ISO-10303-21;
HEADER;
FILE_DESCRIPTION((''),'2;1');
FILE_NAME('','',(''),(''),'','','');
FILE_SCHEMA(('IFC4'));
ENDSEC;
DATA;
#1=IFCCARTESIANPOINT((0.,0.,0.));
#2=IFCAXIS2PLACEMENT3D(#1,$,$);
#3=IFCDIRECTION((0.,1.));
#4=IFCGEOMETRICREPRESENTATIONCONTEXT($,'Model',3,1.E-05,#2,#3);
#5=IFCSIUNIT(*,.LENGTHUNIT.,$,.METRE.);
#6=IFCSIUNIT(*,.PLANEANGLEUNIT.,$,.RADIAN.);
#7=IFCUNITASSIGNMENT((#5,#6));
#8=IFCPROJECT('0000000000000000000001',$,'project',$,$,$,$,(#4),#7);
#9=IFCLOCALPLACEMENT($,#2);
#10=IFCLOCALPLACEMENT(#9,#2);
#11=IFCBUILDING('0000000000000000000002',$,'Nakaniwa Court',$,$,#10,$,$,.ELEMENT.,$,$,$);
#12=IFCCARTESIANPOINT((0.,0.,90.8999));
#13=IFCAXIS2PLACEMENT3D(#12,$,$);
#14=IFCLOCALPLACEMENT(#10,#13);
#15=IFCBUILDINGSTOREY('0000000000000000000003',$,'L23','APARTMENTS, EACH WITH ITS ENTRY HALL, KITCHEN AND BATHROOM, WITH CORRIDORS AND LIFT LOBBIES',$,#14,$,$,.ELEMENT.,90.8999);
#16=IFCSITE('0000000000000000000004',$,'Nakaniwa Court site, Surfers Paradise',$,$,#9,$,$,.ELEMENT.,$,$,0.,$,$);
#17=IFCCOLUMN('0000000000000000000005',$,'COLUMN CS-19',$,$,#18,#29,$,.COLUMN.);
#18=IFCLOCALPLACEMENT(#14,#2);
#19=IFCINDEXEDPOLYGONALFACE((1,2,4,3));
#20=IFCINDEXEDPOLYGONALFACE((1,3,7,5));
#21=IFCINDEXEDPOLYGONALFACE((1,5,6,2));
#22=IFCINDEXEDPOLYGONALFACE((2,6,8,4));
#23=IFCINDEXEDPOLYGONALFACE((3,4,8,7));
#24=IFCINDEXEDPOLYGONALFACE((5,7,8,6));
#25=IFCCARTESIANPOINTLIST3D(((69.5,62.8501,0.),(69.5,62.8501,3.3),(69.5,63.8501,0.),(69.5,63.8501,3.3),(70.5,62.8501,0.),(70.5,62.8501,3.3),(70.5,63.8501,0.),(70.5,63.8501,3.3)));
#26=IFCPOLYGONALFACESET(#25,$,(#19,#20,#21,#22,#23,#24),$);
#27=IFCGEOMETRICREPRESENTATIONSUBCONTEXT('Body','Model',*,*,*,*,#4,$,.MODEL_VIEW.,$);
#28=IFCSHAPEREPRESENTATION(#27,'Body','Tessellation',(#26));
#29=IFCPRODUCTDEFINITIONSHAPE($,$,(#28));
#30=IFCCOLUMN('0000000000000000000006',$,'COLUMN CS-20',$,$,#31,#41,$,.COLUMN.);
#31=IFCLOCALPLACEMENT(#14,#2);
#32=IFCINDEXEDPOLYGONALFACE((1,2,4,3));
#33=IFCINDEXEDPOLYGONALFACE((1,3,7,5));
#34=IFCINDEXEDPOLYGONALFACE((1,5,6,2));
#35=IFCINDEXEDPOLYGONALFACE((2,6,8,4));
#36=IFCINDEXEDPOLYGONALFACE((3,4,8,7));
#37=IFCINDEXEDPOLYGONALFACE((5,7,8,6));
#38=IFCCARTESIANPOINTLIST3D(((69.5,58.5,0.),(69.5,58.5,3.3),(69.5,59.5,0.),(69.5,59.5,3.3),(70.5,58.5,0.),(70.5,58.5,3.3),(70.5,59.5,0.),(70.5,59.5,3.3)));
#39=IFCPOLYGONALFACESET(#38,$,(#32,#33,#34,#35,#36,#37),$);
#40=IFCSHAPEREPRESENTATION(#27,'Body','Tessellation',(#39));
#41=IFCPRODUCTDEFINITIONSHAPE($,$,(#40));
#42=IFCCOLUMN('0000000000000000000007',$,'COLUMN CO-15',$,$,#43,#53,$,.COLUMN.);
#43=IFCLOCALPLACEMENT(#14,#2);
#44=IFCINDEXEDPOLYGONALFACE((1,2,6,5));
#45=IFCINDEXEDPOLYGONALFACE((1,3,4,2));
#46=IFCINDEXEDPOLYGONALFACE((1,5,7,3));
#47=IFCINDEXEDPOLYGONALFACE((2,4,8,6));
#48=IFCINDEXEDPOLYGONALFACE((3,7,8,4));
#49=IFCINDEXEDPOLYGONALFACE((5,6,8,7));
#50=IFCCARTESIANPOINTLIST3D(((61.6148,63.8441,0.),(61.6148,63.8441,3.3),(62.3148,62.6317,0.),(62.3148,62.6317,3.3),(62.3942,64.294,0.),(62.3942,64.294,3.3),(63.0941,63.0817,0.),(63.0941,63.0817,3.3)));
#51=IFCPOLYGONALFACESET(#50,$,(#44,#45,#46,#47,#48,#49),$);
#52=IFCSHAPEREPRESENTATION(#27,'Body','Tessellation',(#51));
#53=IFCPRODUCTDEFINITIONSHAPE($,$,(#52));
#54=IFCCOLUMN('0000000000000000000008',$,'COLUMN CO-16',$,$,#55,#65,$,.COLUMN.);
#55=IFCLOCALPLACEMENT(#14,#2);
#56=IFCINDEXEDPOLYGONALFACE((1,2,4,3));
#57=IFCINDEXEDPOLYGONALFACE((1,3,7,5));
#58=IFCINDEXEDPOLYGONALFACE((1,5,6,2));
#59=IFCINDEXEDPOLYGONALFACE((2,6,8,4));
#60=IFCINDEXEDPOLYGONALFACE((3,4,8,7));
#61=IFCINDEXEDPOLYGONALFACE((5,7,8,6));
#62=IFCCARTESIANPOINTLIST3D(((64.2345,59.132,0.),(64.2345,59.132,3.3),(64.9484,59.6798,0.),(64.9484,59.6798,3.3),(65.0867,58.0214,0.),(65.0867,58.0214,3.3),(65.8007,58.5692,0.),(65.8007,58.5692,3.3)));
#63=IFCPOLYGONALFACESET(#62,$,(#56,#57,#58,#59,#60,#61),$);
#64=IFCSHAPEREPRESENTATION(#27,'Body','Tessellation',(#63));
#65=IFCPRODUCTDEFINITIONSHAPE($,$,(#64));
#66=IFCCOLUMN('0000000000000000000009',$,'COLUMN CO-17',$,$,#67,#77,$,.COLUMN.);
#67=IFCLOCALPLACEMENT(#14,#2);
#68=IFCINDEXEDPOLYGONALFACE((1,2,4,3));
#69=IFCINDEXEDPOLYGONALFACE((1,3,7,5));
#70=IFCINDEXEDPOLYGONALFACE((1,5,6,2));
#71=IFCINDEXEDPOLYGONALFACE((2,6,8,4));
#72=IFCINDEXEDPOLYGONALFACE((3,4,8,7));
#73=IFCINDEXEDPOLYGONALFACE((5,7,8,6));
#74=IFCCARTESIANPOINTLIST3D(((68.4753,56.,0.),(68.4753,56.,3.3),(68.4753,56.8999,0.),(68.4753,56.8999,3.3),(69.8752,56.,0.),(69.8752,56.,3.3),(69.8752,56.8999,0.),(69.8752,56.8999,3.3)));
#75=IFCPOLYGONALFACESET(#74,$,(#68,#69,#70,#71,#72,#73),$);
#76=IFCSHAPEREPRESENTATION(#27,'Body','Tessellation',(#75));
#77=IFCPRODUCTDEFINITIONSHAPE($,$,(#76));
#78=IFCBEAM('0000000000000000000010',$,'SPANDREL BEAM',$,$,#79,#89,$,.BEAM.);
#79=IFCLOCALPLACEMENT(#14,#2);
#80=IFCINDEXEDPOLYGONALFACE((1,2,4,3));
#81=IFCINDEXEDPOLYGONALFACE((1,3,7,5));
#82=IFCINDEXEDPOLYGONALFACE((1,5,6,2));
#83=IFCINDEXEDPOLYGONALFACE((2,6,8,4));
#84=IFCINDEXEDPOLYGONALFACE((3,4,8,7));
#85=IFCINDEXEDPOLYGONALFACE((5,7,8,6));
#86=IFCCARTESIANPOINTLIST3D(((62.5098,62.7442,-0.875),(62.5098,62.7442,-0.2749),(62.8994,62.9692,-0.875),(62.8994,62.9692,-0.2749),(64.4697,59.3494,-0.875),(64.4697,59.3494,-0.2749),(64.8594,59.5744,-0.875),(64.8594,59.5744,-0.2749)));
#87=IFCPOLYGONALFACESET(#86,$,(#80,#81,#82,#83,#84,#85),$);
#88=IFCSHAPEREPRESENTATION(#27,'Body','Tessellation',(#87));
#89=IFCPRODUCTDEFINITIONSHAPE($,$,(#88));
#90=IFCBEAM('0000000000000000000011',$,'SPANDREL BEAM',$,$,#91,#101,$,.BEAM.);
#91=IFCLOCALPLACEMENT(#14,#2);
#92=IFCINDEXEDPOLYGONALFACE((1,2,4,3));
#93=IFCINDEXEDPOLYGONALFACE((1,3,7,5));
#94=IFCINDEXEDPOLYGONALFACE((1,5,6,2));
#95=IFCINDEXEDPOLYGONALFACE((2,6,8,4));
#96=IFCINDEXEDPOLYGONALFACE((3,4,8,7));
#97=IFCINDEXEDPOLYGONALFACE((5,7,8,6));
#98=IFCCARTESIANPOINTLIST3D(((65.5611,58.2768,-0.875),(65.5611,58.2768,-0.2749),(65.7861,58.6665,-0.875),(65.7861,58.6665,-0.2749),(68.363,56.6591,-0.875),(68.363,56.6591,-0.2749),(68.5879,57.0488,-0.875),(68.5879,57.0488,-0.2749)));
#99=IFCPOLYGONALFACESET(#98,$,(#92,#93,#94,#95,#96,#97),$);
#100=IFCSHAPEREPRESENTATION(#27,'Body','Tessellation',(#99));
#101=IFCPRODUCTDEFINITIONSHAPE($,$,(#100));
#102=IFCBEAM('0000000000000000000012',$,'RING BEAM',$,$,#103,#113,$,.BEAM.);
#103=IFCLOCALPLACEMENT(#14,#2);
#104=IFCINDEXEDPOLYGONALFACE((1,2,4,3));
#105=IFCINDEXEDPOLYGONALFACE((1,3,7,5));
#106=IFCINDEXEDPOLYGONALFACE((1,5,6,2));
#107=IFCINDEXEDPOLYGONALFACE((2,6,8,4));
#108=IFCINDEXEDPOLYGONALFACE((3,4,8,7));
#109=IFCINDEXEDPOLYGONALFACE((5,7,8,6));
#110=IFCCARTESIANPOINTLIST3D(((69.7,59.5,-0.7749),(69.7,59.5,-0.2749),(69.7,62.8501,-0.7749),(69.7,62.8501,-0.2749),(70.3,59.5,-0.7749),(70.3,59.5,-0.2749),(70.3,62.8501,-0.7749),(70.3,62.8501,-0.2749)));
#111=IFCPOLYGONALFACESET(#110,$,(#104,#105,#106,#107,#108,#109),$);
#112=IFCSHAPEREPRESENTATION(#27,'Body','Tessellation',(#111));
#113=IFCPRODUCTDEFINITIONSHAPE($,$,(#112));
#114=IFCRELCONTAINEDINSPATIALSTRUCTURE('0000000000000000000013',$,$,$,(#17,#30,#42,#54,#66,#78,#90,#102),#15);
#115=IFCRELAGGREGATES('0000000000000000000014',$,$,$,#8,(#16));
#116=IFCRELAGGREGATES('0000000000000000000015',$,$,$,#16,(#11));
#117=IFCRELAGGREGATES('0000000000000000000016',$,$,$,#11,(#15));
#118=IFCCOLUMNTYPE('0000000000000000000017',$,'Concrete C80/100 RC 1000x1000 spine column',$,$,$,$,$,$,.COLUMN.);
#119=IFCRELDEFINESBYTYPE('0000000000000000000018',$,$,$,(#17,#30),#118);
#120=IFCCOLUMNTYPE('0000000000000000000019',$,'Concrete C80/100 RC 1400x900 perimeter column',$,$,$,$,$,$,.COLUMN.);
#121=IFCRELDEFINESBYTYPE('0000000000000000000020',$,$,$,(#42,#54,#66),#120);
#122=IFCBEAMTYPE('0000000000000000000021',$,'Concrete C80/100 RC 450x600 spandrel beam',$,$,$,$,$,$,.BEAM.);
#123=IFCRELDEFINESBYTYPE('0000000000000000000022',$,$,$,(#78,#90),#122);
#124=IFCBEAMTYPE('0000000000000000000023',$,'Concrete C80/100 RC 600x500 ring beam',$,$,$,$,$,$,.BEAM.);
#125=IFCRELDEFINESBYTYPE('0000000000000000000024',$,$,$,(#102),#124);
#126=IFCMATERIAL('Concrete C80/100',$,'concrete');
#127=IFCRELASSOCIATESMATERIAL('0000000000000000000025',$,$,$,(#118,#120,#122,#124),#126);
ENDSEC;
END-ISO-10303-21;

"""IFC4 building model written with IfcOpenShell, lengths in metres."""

from ifc_helpers import new_model, si_unit, direction, frame, origin, origin_2d, place, context, subcontext, project, spatial, rectangle, extrude, material, material_profile, profile_set, type_object, element, save


model = new_model("IFC4")

# Units and contexts
model_context = context("Model", 3, precision=1e-05, world=origin(), true_north=direction((0.0, 1.0)))
body_context = subcontext(model_context, "Body", "Model", "MODEL_VIEW")
ifc_project = project(units=[si_unit("LENGTHUNIT", "METRE"), si_unit("PLANEANGLEUNIT", "RADIAN")], contexts=[model_context])

# Site, building, storey
site_placement = place(None, origin())
site = spatial("IfcSite", under=ifc_project, at=site_placement, Name="Nakaniwa Court site, Surfers Paradise", CompositionType="ELEMENT", RefElevation=0.0)
building_placement = place(site_placement, origin())
building = spatial("IfcBuilding", under=site, at=building_placement, Name="Nakaniwa Court", CompositionType="ELEMENT")
storey_placement = place(building_placement, frame((0.0, 0.0, 90.8999)))
storey = spatial("IfcBuildingStorey", under=building, at=storey_placement, Name="L23", Description="APARTMENTS, EACH WITH ITS ENTRY HALL, KITCHEN AND BATHROOM, WITH CORRIDORS AND LIFT LOBBIES", CompositionType="ELEMENT", Elevation=90.8999)

# Columns
ifc_material_1 = material(Name="Concrete C80/100", Category="concrete")
ifc_material_profile_1 = material_profile(ifc_material_1, rectangle(XDim=1.0, YDim=1.0, at=origin_2d()), Name="Concrete C80/100 RC 1000x1000 spine column")
ifc_profile_set_1 = profile_set([ifc_material_profile_1], Name="Concrete C80/100")
column_type_1 = type_object("IfcColumnType", Name="Concrete C80/100 RC 1000x1000 spine column", PredefinedType="COLUMN", material=ifc_profile_set_1)
for number, where, z_axis, x_axis, name in (
    (1, (70.0, 63.3501, 0.0), (0.0, 0.0, 1.0), (0.0, -1.0, 0.0), "COLUMN CS-19"),
    (2, (70.0, 59.0, 0.0), (0.0, 0.0, 1.0), (0.0, -1.0, 0.0), "COLUMN CS-20"),
):
    element("IfcColumn", number, at=place(storey_placement, frame(where, z_axis=z_axis, x_axis=x_axis)), inside=storey, type_object=column_type_1, Name=name, PredefinedType="COLUMN", context=body_context, shape_type="SweptSolid", body=[
        extrude(rectangle(XDim=1.0, YDim=1.0, at=origin_2d()), origin(), (0.0, 0.0, 1.0), 3.3),
    ])
ifc_material_profile_2 = material_profile(ifc_material_1, rectangle(XDim=1.3999, YDim=0.8999, at=origin_2d()), Name="Concrete C80/100 RC 1400x900 perimeter column")
ifc_profile_set_2 = profile_set([ifc_material_profile_2], Name="Concrete C80/100")
column_type_2 = type_object("IfcColumnType", Name="Concrete C80/100 RC 1400x900 perimeter column", PredefinedType="COLUMN", material=ifc_profile_set_2)
for number, where, z_axis, x_axis, name in (
    (3, (62.3545, 63.4629, 0.0), (0.0, 0.0, 1.0), (0.5, -0.866025, 0.0), "COLUMN CO-15"),
    (4, (65.0176, 58.8506, 0.0), (0.0, 0.0, 1.0), (0.608761, -0.793353, 0.0), "COLUMN CO-16"),
    (5, (69.1753, 56.45, 0.0), (0.0, 0.0, 1.0), (1.0, 0.0, 0.0), "COLUMN CO-17"),
):
    element("IfcColumn", number, at=place(storey_placement, frame(where, z_axis=z_axis, x_axis=x_axis)), inside=storey, type_object=column_type_2, Name=name, PredefinedType="COLUMN", context=body_context, shape_type="SweptSolid", body=[
        extrude(rectangle(XDim=1.3999, YDim=0.8999, at=origin_2d()), origin(), (0.0, 0.0, 1.0), 3.3),
    ])

# Beams
ifc_material_profile_3 = material_profile(ifc_material_1, rectangle(XDim=0.45, YDim=0.6001, at=origin_2d()), Name="Concrete C80/100 RC 450x600 spandrel beam")
ifc_profile_set_3 = profile_set([ifc_material_profile_3], Name="Concrete C80/100")
beam_type_1 = type_object("IfcBeamType", Name="Concrete C80/100 RC 450x600 spandrel beam", PredefinedType="BEAM", material=ifc_profile_set_3)
beam_1_placement = place(storey_placement, frame((62.7046, 62.8567, -0.575), z_axis=(0.499997, -0.866027, 0.0), x_axis=(0.866027, 0.499997, 0.0)))
element("IfcBeam", 6, at=beam_1_placement, inside=storey, type_object=beam_type_1, Name="SPANDREL BEAM", PredefinedType="BEAM", context=body_context, shape_type="SweptSolid", body=[
    extrude(rectangle(XDim=0.45, YDim=0.6001, at=origin_2d()), origin(), (0.0, 0.0, 1.0), 3.9199),
])
beam_2_placement = place(storey_placement, frame((65.6736, 58.4717, -0.575), z_axis=(0.866015, -0.500019, 0.0), x_axis=(0.500019, 0.866015, 0.0)))
element("IfcBeam", 7, at=beam_2_placement, inside=storey, type_object=beam_type_1, Name="SPANDREL BEAM", PredefinedType="BEAM", context=body_context, shape_type="SweptSolid", body=[
    extrude(rectangle(XDim=0.45, YDim=0.6001, at=origin_2d()), origin(), (0.0, 0.0, 1.0), 3.2354),
])
ifc_material_profile_4 = material_profile(ifc_material_1, rectangle(XDim=0.6001, YDim=0.5, at=origin_2d()), Name="Concrete C80/100 RC 600x500 ring beam")
ifc_profile_set_4 = profile_set([ifc_material_profile_4], Name="Concrete C80/100")
beam_type_2 = type_object("IfcBeamType", Name="Concrete C80/100 RC 600x500 ring beam", PredefinedType="BEAM", material=ifc_profile_set_4)
beam_3_placement = place(storey_placement, frame((70.0, 62.8501, -0.5249), z_axis=(0.0, -1.0, 0.0), x_axis=(1.0, 0.0, 0.0)))
element("IfcBeam", 8, at=beam_3_placement, inside=storey, type_object=beam_type_2, Name="RING BEAM", PredefinedType="BEAM", context=body_context, shape_type="SweptSolid", body=[
    extrude(rectangle(XDim=0.6001, YDim=0.5, at=origin_2d()), origin(), (0.0, 0.0, 1.0), 3.3501),
])

save(model, "model.ifc")
